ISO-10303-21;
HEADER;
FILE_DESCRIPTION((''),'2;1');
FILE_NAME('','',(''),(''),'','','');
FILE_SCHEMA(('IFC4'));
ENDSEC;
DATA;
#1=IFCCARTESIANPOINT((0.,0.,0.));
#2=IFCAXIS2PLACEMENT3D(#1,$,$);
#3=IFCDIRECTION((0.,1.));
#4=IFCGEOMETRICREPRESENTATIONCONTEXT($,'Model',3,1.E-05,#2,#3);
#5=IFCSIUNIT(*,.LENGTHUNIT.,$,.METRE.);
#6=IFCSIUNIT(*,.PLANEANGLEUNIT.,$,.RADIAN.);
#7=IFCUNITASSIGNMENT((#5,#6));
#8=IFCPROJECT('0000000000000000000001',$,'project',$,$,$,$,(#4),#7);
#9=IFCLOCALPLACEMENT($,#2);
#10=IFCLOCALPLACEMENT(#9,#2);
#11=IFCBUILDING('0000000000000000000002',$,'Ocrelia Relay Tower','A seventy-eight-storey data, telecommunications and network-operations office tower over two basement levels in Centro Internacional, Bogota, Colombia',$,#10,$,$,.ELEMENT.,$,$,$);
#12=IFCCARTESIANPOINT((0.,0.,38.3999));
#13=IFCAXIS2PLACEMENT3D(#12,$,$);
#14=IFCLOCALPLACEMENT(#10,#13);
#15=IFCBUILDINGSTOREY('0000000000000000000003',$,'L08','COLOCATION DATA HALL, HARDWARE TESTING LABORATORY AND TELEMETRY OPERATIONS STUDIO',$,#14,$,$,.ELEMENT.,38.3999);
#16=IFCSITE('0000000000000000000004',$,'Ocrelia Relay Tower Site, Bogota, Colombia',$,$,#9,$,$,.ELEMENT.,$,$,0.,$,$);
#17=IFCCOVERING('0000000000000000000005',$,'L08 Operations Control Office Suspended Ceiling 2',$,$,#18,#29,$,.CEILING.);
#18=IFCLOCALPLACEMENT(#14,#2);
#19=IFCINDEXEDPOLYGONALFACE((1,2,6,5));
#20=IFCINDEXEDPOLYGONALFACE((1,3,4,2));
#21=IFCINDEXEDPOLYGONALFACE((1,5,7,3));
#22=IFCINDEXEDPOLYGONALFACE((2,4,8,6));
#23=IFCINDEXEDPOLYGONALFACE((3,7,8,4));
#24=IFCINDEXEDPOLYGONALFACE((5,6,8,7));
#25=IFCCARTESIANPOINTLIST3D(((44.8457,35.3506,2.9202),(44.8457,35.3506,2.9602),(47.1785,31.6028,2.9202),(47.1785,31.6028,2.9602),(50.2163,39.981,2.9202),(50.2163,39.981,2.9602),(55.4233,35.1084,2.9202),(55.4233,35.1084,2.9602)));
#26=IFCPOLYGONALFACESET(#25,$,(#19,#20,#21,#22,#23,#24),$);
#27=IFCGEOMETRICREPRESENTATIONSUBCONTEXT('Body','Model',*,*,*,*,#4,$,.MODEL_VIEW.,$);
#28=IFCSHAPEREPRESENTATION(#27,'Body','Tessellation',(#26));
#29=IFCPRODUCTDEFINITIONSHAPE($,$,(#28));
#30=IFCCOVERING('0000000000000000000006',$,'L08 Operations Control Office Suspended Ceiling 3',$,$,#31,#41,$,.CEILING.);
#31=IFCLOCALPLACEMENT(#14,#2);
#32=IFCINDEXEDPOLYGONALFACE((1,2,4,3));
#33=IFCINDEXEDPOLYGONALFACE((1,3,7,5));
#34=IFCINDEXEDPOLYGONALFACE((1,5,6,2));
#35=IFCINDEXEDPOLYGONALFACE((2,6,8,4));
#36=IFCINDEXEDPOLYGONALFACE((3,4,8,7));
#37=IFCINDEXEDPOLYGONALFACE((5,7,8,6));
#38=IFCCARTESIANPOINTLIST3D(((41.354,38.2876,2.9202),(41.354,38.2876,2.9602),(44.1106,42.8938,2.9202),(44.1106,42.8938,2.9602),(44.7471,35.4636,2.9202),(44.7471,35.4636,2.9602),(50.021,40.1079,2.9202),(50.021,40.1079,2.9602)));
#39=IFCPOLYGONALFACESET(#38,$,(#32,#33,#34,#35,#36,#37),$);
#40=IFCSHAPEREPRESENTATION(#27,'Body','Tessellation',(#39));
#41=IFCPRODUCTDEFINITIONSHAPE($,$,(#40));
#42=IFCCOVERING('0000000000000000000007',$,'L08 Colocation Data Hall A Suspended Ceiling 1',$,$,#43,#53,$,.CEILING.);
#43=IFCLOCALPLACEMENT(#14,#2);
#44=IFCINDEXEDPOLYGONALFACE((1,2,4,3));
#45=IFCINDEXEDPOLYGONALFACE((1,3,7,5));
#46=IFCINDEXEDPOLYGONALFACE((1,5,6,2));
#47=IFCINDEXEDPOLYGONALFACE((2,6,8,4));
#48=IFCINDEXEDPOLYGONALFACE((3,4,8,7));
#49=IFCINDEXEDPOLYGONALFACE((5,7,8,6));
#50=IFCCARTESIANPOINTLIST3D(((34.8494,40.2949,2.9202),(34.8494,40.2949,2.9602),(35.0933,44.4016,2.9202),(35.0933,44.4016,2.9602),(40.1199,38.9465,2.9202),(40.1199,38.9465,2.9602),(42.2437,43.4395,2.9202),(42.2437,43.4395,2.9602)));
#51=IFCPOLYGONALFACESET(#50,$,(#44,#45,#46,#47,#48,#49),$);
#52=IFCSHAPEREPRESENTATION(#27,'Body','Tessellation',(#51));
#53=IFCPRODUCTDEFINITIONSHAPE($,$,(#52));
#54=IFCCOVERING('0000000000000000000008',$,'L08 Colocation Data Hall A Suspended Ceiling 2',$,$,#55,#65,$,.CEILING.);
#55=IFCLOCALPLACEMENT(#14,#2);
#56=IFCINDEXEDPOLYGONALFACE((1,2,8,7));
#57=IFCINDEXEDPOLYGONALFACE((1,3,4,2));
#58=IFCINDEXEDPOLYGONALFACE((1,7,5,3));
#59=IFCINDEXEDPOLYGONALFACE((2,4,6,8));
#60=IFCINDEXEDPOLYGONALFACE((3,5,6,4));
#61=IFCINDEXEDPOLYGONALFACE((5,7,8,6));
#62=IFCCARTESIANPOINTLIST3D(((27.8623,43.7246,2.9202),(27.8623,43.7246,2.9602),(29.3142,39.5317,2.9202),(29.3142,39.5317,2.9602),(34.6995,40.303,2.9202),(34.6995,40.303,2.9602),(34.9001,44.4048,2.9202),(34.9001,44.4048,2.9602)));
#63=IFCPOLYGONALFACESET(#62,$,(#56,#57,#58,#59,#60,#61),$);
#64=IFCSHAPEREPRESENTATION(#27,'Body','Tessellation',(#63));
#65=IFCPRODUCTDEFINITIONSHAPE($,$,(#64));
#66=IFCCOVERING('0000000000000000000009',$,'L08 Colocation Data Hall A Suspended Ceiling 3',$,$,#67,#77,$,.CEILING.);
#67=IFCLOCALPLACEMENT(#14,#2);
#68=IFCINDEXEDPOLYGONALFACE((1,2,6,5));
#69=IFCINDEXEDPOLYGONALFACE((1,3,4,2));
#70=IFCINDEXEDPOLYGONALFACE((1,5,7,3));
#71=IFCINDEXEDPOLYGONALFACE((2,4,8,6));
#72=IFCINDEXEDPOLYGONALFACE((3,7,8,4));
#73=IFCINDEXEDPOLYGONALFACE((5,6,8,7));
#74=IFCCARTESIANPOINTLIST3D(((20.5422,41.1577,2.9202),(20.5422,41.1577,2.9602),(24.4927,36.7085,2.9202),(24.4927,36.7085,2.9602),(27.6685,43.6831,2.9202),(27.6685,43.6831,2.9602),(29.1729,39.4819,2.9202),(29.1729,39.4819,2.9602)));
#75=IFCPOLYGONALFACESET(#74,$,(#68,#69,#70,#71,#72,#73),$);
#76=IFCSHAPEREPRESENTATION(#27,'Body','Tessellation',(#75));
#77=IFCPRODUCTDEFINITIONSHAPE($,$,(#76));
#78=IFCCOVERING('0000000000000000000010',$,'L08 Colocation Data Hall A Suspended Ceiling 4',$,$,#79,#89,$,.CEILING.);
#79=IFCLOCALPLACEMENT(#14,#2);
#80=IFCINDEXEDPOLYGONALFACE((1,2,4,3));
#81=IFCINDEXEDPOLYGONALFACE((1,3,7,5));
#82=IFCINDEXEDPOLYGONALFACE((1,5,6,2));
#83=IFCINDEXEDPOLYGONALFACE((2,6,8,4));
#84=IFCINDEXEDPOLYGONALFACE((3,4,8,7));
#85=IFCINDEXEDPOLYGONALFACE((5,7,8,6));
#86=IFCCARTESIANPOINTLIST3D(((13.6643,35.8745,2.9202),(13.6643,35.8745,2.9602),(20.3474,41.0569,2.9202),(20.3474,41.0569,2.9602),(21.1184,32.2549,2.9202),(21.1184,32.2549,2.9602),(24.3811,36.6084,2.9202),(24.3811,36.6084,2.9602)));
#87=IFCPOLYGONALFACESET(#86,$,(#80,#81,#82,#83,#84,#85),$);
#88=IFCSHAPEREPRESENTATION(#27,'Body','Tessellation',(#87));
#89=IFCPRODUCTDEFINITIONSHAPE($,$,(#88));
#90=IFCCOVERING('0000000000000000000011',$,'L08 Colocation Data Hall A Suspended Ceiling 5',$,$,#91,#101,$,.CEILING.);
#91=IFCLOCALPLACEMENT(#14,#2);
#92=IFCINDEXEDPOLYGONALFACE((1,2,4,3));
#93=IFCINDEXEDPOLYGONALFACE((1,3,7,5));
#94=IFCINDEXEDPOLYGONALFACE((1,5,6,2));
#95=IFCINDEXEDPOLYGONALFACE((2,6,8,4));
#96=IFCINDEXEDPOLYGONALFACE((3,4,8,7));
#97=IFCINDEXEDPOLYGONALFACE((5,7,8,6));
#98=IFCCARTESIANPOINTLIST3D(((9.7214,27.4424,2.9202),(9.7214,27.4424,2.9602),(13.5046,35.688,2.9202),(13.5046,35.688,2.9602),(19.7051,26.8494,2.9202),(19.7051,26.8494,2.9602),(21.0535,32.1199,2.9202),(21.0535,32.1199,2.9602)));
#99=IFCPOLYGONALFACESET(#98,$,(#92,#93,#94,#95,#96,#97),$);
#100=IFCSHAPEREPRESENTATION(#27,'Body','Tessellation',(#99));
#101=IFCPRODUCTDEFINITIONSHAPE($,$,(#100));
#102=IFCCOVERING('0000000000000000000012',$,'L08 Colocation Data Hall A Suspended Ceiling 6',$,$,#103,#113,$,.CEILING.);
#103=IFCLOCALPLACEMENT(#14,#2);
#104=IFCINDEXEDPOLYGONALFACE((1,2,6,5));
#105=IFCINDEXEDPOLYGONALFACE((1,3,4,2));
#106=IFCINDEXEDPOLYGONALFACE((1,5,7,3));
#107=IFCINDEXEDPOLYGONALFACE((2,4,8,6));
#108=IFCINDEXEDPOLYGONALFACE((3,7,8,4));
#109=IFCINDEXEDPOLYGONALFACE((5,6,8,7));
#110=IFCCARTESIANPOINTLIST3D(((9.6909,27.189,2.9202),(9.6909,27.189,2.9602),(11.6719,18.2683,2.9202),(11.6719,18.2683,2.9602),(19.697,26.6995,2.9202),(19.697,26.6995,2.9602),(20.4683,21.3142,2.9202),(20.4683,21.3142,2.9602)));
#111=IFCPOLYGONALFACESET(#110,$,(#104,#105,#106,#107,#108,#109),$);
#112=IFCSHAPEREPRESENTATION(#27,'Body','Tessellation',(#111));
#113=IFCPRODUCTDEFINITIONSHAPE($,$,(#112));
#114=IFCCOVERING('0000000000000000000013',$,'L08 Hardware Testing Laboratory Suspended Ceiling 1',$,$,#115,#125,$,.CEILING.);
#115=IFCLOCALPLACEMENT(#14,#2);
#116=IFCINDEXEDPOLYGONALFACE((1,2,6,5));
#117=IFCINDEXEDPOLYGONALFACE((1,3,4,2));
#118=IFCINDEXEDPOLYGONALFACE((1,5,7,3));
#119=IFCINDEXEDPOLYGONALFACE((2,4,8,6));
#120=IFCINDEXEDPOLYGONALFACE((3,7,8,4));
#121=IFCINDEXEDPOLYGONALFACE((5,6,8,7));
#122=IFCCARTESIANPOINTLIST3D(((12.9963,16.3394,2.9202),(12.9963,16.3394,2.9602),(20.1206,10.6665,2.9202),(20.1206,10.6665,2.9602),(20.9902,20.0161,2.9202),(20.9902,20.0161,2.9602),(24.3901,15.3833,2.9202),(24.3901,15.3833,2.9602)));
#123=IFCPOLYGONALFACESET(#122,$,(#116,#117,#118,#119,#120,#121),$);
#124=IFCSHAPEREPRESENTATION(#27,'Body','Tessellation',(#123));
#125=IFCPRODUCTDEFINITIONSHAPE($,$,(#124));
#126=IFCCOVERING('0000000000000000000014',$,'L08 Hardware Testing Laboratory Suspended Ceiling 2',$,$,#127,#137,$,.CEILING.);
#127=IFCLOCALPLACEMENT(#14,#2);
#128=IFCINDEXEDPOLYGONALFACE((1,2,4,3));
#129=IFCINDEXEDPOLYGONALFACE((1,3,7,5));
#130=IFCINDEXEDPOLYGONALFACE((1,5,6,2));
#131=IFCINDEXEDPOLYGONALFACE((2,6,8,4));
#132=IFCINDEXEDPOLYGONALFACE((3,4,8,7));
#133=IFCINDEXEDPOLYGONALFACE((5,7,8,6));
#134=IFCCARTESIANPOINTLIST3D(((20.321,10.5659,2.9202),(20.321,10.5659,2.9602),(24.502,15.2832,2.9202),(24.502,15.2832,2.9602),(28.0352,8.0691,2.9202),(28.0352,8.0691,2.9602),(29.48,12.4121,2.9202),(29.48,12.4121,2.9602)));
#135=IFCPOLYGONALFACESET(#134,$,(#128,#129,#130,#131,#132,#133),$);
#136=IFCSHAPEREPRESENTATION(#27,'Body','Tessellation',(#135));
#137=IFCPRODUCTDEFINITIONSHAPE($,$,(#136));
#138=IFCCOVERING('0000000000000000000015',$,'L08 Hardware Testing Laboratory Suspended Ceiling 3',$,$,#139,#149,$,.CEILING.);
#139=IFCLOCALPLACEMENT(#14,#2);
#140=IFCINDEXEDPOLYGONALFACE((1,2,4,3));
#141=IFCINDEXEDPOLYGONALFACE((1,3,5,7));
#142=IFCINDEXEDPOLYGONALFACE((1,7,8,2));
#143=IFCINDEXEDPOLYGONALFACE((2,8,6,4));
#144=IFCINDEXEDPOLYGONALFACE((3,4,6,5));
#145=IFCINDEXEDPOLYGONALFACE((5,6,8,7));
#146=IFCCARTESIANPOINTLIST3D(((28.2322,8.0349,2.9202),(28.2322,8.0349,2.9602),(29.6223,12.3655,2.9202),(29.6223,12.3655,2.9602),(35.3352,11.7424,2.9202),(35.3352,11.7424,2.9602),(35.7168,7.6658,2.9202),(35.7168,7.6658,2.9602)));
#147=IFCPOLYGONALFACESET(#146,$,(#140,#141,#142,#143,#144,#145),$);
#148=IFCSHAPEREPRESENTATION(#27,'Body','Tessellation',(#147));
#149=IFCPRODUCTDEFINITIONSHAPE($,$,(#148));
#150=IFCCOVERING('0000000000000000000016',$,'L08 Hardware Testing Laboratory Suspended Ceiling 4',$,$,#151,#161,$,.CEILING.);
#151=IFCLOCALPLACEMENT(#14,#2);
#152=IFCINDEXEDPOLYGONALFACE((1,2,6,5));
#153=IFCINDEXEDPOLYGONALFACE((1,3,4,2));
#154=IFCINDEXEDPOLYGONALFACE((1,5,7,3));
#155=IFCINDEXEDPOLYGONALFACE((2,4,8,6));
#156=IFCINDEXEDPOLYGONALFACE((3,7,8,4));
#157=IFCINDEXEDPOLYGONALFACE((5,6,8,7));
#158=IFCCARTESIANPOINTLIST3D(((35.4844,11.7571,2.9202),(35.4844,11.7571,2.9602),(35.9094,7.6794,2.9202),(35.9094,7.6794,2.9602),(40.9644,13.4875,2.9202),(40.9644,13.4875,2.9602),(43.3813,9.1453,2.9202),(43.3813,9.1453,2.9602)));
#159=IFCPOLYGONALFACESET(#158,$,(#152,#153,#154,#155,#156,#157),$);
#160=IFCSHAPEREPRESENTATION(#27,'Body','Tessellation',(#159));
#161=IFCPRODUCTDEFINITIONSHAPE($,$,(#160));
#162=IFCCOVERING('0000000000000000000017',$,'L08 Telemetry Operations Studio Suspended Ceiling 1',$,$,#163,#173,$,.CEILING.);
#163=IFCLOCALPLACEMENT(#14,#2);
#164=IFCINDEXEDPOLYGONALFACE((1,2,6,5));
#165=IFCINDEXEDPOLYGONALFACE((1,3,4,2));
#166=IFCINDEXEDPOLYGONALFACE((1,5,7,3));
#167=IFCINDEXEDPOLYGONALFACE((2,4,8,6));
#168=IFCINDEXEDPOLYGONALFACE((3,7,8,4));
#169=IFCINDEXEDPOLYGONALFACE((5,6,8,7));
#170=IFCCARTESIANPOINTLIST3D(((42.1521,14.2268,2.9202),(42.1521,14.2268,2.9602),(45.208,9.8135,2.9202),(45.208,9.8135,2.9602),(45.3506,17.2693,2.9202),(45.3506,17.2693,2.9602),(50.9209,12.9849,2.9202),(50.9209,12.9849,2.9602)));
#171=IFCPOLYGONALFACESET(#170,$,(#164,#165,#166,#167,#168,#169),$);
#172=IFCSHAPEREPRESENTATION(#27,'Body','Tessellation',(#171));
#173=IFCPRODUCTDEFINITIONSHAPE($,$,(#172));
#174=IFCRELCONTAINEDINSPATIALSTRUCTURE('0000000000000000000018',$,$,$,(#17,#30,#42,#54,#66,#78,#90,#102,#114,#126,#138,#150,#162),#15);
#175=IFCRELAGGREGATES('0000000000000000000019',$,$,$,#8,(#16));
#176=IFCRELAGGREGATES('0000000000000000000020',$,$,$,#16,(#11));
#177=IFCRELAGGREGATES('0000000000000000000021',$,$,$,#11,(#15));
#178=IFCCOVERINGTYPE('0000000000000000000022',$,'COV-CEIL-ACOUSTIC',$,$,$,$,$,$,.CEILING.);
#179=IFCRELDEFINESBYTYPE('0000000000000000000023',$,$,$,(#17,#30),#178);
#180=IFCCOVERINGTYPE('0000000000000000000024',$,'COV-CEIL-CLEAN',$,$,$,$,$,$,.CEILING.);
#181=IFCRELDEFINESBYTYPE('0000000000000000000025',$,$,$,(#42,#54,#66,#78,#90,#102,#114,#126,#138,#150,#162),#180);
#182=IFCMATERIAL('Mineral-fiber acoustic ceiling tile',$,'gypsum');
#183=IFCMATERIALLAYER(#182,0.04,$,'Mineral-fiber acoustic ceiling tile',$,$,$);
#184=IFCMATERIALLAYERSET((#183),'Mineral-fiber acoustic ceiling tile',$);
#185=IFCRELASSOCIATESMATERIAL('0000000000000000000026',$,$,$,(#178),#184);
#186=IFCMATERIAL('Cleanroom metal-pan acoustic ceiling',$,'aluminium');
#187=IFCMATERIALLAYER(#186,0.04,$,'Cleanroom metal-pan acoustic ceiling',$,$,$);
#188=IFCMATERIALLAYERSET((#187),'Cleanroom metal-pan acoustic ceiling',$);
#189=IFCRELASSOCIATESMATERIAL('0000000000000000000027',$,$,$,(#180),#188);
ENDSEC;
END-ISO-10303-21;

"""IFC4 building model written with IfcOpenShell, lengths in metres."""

from ifc_helpers import new_model, si_unit, direction, frame, origin, place, context, subcontext, project, spatial, polyline, outline, extrude, material, layer, layer_set, type_object, element, save


model = new_model("IFC4")

# Units and contexts
model_context = context("Model", 3, precision=1e-05, world=origin(), true_north=direction((0.0, 1.0)))
body_context = subcontext(model_context, "Body", "Model", "MODEL_VIEW")
ifc_project = project(units=[si_unit("LENGTHUNIT", "METRE"), si_unit("PLANEANGLEUNIT", "RADIAN")], contexts=[model_context])

# Site, building, storey
site_placement = place(None, origin())
site = spatial("IfcSite", under=ifc_project, at=site_placement, Name="Ocrelia Relay Tower Site, Bogota, Colombia", CompositionType="ELEMENT", RefElevation=0.0)
building_placement = place(site_placement, origin())
building = spatial("IfcBuilding", under=site, at=building_placement, Name="Ocrelia Relay Tower", Description="A seventy-eight-storey data, telecommunications and network-operations office tower over two basement levels in Centro Internacional, Bogota, Colombia", CompositionType="ELEMENT")
storey_placement = place(building_placement, frame((0.0, 0.0, 38.3999)))
storey = spatial("IfcBuildingStorey", under=building, at=storey_placement, Name="L08", Description="COLOCATION DATA HALL, HARDWARE TESTING LABORATORY AND TELEMETRY OPERATIONS STUDIO", CompositionType="ELEMENT", Elevation=38.3999)

# Coverings
ifc_material_1 = material(Name="Mineral-fiber acoustic ceiling tile", Category="gypsum")
ifc_layer_1 = layer(ifc_material_1, 0.04, Name="Mineral-fiber acoustic ceiling tile")
ifc_layer_set_1 = layer_set([ifc_layer_1], Name="Mineral-fiber acoustic ceiling tile")
covering_type_1 = type_object("IfcCoveringType", Name="COV-CEIL-ACOUSTIC", PredefinedType="CEILING", material=ifc_layer_set_1)
covering_1_placement = place(storey_placement, frame((0.0, 0.0, 2.9202)))
element("IfcCovering", 1, at=covering_1_placement, inside=storey, type_object=covering_type_1, Name="L08 Operations Control Office Suspended Ceiling 2", PredefinedType="CEILING", context=body_context, shape_type="SweptSolid", body=[
    extrude(outline(polyline([(47.1785, 31.6028), (55.4233, 35.1084), (50.2163, 39.981), (44.8457, 35.3506), (47.1785, 31.6028)])), origin(), (0.0, 0.0, 1.0), 0.04),
])
covering_2_placement = place(storey_placement, frame((0.0, 0.0, 2.9202)))
element("IfcCovering", 2, at=covering_2_placement, inside=storey, type_object=covering_type_1, Name="L08 Operations Control Office Suspended Ceiling 3", PredefinedType="CEILING", context=body_context, shape_type="SweptSolid", body=[
    extrude(outline(polyline([(44.7471, 35.4636), (50.021, 40.1079), (44.1106, 42.8938), (41.354, 38.2876), (44.7471, 35.4636)])), origin(), (0.0, 0.0, 1.0), 0.04),
])
ifc_material_2 = material(Name="Cleanroom metal-pan acoustic ceiling", Category="aluminium")
ifc_layer_2 = layer(ifc_material_2, 0.04, Name="Cleanroom metal-pan acoustic ceiling")
ifc_layer_set_2 = layer_set([ifc_layer_2], Name="Cleanroom metal-pan acoustic ceiling")
covering_type_2 = type_object("IfcCoveringType", Name="COV-CEIL-CLEAN", PredefinedType="CEILING", material=ifc_layer_set_2)
covering_3_placement = place(storey_placement, frame((0.0, 0.0, 2.9202)))
element("IfcCovering", 3, at=covering_3_placement, inside=storey, type_object=covering_type_2, Name="L08 Colocation Data Hall A Suspended Ceiling 1", PredefinedType="CEILING", context=body_context, shape_type="SweptSolid", body=[
    extrude(outline(polyline([(40.1199, 38.9465), (42.2437, 43.4395), (35.0933, 44.4016), (34.8494, 40.2949), (40.1199, 38.9465)])), origin(), (0.0, 0.0, 1.0), 0.04),
])
covering_4_placement = place(storey_placement, frame((0.0, 0.0, 2.9202)))
element("IfcCovering", 4, at=covering_4_placement, inside=storey, type_object=covering_type_2, Name="L08 Colocation Data Hall A Suspended Ceiling 2", PredefinedType="CEILING", context=body_context, shape_type="SweptSolid", body=[
    extrude(outline(polyline([(34.6995, 40.303), (34.9001, 44.4048), (27.8623, 43.7246), (29.3142, 39.5317), (34.6995, 40.303)])), origin(), (0.0, 0.0, 1.0), 0.04),
])
covering_5_placement = place(storey_placement, frame((0.0, 0.0, 2.9202)))
element("IfcCovering", 5, at=covering_5_placement, inside=storey, type_object=covering_type_2, Name="L08 Colocation Data Hall A Suspended Ceiling 3", PredefinedType="CEILING", context=body_context, shape_type="SweptSolid", body=[
    extrude(outline(polyline([(29.1729, 39.4819), (27.6685, 43.6831), (20.5422, 41.1577), (24.4927, 36.7085), (29.1729, 39.4819)])), origin(), (0.0, 0.0, 1.0), 0.04),
])
covering_6_placement = place(storey_placement, frame((0.0, 0.0, 2.9202)))
element("IfcCovering", 6, at=covering_6_placement, inside=storey, type_object=covering_type_2, Name="L08 Colocation Data Hall A Suspended Ceiling 4", PredefinedType="CEILING", context=body_context, shape_type="SweptSolid", body=[
    extrude(outline(polyline([(24.3811, 36.6084), (20.3474, 41.0569), (13.6643, 35.8745), (21.1184, 32.2549), (24.3811, 36.6084)])), origin(), (0.0, 0.0, 1.0), 0.04),
])
covering_7_placement = place(storey_placement, frame((0.0, 0.0, 2.9202)))
element("IfcCovering", 7, at=covering_7_placement, inside=storey, type_object=covering_type_2, Name="L08 Colocation Data Hall A Suspended Ceiling 5", PredefinedType="CEILING", context=body_context, shape_type="SweptSolid", body=[
    extrude(outline(polyline([(21.0535, 32.1199), (13.5046, 35.688), (9.7214, 27.4424), (19.7051, 26.8494), (21.0535, 32.1199)])), origin(), (0.0, 0.0, 1.0), 0.04),
])
covering_8_placement = place(storey_placement, frame((0.0, 0.0, 2.9202)))
element("IfcCovering", 8, at=covering_8_placement, inside=storey, type_object=covering_type_2, Name="L08 Colocation Data Hall A Suspended Ceiling 6", PredefinedType="CEILING", context=body_context, shape_type="SweptSolid", body=[
    extrude(outline(polyline([(19.697, 26.6995), (9.6909, 27.189), (11.6719, 18.2683), (20.4683, 21.3142), (19.697, 26.6995)])), origin(), (0.0, 0.0, 1.0), 0.04),
])
covering_9_placement = place(storey_placement, frame((0.0, 0.0, 2.9202)))
element("IfcCovering", 9, at=covering_9_placement, inside=storey, type_object=covering_type_2, Name="L08 Hardware Testing Laboratory Suspended Ceiling 1", PredefinedType="CEILING", context=body_context, shape_type="SweptSolid", body=[
    extrude(outline(polyline([(20.9902, 20.0161), (12.9963, 16.3394), (20.1206, 10.6665), (24.3901, 15.3833), (20.9902, 20.0161)])), origin(), (0.0, 0.0, 1.0), 0.04),
])
covering_10_placement = place(storey_placement, frame((0.0, 0.0, 2.9202)))
element("IfcCovering", 10, at=covering_10_placement, inside=storey, type_object=covering_type_2, Name="L08 Hardware Testing Laboratory Suspended Ceiling 2", PredefinedType="CEILING", context=body_context, shape_type="SweptSolid", body=[
    extrude(outline(polyline([(24.502, 15.2832), (20.321, 10.5659), (28.0352, 8.0691), (29.48, 12.4121), (24.502, 15.2832)])), origin(), (0.0, 0.0, 1.0), 0.04),
])
covering_11_placement = place(storey_placement, frame((0.0, 0.0, 2.9202)))
element("IfcCovering", 11, at=covering_11_placement, inside=storey, type_object=covering_type_2, Name="L08 Hardware Testing Laboratory Suspended Ceiling 3", PredefinedType="CEILING", context=body_context, shape_type="SweptSolid", body=[
    extrude(outline(polyline([(29.6223, 12.3655), (28.2322, 8.0349), (35.7168, 7.6658), (35.3352, 11.7424), (29.6223, 12.3655)])), origin(), (0.0, 0.0, 1.0), 0.04),
])
covering_12_placement = place(storey_placement, frame((0.0, 0.0, 2.9202)))
element("IfcCovering", 12, at=covering_12_placement, inside=storey, type_object=covering_type_2, Name="L08 Hardware Testing Laboratory Suspended Ceiling 4", PredefinedType="CEILING", context=body_context, shape_type="SweptSolid", body=[
    extrude(outline(polyline([(35.4844, 11.7571), (35.9094, 7.6794), (43.3813, 9.1453), (40.9644, 13.4875), (35.4844, 11.7571)])), origin(), (0.0, 0.0, 1.0), 0.04),
])
covering_13_placement = place(storey_placement, frame((0.0, 0.0, 2.9202)))
element("IfcCovering", 13, at=covering_13_placement, inside=storey, type_object=covering_type_2, Name="L08 Telemetry Operations Studio Suspended Ceiling 1", PredefinedType="CEILING", context=body_context, shape_type="SweptSolid", body=[
    extrude(outline(polyline([(42.1521, 14.2268), (45.208, 9.8135), (50.9209, 12.9849), (45.3506, 17.2693), (42.1521, 14.2268)])), origin(), (0.0, 0.0, 1.0), 0.04),
])

save(model, "model.ifc")
